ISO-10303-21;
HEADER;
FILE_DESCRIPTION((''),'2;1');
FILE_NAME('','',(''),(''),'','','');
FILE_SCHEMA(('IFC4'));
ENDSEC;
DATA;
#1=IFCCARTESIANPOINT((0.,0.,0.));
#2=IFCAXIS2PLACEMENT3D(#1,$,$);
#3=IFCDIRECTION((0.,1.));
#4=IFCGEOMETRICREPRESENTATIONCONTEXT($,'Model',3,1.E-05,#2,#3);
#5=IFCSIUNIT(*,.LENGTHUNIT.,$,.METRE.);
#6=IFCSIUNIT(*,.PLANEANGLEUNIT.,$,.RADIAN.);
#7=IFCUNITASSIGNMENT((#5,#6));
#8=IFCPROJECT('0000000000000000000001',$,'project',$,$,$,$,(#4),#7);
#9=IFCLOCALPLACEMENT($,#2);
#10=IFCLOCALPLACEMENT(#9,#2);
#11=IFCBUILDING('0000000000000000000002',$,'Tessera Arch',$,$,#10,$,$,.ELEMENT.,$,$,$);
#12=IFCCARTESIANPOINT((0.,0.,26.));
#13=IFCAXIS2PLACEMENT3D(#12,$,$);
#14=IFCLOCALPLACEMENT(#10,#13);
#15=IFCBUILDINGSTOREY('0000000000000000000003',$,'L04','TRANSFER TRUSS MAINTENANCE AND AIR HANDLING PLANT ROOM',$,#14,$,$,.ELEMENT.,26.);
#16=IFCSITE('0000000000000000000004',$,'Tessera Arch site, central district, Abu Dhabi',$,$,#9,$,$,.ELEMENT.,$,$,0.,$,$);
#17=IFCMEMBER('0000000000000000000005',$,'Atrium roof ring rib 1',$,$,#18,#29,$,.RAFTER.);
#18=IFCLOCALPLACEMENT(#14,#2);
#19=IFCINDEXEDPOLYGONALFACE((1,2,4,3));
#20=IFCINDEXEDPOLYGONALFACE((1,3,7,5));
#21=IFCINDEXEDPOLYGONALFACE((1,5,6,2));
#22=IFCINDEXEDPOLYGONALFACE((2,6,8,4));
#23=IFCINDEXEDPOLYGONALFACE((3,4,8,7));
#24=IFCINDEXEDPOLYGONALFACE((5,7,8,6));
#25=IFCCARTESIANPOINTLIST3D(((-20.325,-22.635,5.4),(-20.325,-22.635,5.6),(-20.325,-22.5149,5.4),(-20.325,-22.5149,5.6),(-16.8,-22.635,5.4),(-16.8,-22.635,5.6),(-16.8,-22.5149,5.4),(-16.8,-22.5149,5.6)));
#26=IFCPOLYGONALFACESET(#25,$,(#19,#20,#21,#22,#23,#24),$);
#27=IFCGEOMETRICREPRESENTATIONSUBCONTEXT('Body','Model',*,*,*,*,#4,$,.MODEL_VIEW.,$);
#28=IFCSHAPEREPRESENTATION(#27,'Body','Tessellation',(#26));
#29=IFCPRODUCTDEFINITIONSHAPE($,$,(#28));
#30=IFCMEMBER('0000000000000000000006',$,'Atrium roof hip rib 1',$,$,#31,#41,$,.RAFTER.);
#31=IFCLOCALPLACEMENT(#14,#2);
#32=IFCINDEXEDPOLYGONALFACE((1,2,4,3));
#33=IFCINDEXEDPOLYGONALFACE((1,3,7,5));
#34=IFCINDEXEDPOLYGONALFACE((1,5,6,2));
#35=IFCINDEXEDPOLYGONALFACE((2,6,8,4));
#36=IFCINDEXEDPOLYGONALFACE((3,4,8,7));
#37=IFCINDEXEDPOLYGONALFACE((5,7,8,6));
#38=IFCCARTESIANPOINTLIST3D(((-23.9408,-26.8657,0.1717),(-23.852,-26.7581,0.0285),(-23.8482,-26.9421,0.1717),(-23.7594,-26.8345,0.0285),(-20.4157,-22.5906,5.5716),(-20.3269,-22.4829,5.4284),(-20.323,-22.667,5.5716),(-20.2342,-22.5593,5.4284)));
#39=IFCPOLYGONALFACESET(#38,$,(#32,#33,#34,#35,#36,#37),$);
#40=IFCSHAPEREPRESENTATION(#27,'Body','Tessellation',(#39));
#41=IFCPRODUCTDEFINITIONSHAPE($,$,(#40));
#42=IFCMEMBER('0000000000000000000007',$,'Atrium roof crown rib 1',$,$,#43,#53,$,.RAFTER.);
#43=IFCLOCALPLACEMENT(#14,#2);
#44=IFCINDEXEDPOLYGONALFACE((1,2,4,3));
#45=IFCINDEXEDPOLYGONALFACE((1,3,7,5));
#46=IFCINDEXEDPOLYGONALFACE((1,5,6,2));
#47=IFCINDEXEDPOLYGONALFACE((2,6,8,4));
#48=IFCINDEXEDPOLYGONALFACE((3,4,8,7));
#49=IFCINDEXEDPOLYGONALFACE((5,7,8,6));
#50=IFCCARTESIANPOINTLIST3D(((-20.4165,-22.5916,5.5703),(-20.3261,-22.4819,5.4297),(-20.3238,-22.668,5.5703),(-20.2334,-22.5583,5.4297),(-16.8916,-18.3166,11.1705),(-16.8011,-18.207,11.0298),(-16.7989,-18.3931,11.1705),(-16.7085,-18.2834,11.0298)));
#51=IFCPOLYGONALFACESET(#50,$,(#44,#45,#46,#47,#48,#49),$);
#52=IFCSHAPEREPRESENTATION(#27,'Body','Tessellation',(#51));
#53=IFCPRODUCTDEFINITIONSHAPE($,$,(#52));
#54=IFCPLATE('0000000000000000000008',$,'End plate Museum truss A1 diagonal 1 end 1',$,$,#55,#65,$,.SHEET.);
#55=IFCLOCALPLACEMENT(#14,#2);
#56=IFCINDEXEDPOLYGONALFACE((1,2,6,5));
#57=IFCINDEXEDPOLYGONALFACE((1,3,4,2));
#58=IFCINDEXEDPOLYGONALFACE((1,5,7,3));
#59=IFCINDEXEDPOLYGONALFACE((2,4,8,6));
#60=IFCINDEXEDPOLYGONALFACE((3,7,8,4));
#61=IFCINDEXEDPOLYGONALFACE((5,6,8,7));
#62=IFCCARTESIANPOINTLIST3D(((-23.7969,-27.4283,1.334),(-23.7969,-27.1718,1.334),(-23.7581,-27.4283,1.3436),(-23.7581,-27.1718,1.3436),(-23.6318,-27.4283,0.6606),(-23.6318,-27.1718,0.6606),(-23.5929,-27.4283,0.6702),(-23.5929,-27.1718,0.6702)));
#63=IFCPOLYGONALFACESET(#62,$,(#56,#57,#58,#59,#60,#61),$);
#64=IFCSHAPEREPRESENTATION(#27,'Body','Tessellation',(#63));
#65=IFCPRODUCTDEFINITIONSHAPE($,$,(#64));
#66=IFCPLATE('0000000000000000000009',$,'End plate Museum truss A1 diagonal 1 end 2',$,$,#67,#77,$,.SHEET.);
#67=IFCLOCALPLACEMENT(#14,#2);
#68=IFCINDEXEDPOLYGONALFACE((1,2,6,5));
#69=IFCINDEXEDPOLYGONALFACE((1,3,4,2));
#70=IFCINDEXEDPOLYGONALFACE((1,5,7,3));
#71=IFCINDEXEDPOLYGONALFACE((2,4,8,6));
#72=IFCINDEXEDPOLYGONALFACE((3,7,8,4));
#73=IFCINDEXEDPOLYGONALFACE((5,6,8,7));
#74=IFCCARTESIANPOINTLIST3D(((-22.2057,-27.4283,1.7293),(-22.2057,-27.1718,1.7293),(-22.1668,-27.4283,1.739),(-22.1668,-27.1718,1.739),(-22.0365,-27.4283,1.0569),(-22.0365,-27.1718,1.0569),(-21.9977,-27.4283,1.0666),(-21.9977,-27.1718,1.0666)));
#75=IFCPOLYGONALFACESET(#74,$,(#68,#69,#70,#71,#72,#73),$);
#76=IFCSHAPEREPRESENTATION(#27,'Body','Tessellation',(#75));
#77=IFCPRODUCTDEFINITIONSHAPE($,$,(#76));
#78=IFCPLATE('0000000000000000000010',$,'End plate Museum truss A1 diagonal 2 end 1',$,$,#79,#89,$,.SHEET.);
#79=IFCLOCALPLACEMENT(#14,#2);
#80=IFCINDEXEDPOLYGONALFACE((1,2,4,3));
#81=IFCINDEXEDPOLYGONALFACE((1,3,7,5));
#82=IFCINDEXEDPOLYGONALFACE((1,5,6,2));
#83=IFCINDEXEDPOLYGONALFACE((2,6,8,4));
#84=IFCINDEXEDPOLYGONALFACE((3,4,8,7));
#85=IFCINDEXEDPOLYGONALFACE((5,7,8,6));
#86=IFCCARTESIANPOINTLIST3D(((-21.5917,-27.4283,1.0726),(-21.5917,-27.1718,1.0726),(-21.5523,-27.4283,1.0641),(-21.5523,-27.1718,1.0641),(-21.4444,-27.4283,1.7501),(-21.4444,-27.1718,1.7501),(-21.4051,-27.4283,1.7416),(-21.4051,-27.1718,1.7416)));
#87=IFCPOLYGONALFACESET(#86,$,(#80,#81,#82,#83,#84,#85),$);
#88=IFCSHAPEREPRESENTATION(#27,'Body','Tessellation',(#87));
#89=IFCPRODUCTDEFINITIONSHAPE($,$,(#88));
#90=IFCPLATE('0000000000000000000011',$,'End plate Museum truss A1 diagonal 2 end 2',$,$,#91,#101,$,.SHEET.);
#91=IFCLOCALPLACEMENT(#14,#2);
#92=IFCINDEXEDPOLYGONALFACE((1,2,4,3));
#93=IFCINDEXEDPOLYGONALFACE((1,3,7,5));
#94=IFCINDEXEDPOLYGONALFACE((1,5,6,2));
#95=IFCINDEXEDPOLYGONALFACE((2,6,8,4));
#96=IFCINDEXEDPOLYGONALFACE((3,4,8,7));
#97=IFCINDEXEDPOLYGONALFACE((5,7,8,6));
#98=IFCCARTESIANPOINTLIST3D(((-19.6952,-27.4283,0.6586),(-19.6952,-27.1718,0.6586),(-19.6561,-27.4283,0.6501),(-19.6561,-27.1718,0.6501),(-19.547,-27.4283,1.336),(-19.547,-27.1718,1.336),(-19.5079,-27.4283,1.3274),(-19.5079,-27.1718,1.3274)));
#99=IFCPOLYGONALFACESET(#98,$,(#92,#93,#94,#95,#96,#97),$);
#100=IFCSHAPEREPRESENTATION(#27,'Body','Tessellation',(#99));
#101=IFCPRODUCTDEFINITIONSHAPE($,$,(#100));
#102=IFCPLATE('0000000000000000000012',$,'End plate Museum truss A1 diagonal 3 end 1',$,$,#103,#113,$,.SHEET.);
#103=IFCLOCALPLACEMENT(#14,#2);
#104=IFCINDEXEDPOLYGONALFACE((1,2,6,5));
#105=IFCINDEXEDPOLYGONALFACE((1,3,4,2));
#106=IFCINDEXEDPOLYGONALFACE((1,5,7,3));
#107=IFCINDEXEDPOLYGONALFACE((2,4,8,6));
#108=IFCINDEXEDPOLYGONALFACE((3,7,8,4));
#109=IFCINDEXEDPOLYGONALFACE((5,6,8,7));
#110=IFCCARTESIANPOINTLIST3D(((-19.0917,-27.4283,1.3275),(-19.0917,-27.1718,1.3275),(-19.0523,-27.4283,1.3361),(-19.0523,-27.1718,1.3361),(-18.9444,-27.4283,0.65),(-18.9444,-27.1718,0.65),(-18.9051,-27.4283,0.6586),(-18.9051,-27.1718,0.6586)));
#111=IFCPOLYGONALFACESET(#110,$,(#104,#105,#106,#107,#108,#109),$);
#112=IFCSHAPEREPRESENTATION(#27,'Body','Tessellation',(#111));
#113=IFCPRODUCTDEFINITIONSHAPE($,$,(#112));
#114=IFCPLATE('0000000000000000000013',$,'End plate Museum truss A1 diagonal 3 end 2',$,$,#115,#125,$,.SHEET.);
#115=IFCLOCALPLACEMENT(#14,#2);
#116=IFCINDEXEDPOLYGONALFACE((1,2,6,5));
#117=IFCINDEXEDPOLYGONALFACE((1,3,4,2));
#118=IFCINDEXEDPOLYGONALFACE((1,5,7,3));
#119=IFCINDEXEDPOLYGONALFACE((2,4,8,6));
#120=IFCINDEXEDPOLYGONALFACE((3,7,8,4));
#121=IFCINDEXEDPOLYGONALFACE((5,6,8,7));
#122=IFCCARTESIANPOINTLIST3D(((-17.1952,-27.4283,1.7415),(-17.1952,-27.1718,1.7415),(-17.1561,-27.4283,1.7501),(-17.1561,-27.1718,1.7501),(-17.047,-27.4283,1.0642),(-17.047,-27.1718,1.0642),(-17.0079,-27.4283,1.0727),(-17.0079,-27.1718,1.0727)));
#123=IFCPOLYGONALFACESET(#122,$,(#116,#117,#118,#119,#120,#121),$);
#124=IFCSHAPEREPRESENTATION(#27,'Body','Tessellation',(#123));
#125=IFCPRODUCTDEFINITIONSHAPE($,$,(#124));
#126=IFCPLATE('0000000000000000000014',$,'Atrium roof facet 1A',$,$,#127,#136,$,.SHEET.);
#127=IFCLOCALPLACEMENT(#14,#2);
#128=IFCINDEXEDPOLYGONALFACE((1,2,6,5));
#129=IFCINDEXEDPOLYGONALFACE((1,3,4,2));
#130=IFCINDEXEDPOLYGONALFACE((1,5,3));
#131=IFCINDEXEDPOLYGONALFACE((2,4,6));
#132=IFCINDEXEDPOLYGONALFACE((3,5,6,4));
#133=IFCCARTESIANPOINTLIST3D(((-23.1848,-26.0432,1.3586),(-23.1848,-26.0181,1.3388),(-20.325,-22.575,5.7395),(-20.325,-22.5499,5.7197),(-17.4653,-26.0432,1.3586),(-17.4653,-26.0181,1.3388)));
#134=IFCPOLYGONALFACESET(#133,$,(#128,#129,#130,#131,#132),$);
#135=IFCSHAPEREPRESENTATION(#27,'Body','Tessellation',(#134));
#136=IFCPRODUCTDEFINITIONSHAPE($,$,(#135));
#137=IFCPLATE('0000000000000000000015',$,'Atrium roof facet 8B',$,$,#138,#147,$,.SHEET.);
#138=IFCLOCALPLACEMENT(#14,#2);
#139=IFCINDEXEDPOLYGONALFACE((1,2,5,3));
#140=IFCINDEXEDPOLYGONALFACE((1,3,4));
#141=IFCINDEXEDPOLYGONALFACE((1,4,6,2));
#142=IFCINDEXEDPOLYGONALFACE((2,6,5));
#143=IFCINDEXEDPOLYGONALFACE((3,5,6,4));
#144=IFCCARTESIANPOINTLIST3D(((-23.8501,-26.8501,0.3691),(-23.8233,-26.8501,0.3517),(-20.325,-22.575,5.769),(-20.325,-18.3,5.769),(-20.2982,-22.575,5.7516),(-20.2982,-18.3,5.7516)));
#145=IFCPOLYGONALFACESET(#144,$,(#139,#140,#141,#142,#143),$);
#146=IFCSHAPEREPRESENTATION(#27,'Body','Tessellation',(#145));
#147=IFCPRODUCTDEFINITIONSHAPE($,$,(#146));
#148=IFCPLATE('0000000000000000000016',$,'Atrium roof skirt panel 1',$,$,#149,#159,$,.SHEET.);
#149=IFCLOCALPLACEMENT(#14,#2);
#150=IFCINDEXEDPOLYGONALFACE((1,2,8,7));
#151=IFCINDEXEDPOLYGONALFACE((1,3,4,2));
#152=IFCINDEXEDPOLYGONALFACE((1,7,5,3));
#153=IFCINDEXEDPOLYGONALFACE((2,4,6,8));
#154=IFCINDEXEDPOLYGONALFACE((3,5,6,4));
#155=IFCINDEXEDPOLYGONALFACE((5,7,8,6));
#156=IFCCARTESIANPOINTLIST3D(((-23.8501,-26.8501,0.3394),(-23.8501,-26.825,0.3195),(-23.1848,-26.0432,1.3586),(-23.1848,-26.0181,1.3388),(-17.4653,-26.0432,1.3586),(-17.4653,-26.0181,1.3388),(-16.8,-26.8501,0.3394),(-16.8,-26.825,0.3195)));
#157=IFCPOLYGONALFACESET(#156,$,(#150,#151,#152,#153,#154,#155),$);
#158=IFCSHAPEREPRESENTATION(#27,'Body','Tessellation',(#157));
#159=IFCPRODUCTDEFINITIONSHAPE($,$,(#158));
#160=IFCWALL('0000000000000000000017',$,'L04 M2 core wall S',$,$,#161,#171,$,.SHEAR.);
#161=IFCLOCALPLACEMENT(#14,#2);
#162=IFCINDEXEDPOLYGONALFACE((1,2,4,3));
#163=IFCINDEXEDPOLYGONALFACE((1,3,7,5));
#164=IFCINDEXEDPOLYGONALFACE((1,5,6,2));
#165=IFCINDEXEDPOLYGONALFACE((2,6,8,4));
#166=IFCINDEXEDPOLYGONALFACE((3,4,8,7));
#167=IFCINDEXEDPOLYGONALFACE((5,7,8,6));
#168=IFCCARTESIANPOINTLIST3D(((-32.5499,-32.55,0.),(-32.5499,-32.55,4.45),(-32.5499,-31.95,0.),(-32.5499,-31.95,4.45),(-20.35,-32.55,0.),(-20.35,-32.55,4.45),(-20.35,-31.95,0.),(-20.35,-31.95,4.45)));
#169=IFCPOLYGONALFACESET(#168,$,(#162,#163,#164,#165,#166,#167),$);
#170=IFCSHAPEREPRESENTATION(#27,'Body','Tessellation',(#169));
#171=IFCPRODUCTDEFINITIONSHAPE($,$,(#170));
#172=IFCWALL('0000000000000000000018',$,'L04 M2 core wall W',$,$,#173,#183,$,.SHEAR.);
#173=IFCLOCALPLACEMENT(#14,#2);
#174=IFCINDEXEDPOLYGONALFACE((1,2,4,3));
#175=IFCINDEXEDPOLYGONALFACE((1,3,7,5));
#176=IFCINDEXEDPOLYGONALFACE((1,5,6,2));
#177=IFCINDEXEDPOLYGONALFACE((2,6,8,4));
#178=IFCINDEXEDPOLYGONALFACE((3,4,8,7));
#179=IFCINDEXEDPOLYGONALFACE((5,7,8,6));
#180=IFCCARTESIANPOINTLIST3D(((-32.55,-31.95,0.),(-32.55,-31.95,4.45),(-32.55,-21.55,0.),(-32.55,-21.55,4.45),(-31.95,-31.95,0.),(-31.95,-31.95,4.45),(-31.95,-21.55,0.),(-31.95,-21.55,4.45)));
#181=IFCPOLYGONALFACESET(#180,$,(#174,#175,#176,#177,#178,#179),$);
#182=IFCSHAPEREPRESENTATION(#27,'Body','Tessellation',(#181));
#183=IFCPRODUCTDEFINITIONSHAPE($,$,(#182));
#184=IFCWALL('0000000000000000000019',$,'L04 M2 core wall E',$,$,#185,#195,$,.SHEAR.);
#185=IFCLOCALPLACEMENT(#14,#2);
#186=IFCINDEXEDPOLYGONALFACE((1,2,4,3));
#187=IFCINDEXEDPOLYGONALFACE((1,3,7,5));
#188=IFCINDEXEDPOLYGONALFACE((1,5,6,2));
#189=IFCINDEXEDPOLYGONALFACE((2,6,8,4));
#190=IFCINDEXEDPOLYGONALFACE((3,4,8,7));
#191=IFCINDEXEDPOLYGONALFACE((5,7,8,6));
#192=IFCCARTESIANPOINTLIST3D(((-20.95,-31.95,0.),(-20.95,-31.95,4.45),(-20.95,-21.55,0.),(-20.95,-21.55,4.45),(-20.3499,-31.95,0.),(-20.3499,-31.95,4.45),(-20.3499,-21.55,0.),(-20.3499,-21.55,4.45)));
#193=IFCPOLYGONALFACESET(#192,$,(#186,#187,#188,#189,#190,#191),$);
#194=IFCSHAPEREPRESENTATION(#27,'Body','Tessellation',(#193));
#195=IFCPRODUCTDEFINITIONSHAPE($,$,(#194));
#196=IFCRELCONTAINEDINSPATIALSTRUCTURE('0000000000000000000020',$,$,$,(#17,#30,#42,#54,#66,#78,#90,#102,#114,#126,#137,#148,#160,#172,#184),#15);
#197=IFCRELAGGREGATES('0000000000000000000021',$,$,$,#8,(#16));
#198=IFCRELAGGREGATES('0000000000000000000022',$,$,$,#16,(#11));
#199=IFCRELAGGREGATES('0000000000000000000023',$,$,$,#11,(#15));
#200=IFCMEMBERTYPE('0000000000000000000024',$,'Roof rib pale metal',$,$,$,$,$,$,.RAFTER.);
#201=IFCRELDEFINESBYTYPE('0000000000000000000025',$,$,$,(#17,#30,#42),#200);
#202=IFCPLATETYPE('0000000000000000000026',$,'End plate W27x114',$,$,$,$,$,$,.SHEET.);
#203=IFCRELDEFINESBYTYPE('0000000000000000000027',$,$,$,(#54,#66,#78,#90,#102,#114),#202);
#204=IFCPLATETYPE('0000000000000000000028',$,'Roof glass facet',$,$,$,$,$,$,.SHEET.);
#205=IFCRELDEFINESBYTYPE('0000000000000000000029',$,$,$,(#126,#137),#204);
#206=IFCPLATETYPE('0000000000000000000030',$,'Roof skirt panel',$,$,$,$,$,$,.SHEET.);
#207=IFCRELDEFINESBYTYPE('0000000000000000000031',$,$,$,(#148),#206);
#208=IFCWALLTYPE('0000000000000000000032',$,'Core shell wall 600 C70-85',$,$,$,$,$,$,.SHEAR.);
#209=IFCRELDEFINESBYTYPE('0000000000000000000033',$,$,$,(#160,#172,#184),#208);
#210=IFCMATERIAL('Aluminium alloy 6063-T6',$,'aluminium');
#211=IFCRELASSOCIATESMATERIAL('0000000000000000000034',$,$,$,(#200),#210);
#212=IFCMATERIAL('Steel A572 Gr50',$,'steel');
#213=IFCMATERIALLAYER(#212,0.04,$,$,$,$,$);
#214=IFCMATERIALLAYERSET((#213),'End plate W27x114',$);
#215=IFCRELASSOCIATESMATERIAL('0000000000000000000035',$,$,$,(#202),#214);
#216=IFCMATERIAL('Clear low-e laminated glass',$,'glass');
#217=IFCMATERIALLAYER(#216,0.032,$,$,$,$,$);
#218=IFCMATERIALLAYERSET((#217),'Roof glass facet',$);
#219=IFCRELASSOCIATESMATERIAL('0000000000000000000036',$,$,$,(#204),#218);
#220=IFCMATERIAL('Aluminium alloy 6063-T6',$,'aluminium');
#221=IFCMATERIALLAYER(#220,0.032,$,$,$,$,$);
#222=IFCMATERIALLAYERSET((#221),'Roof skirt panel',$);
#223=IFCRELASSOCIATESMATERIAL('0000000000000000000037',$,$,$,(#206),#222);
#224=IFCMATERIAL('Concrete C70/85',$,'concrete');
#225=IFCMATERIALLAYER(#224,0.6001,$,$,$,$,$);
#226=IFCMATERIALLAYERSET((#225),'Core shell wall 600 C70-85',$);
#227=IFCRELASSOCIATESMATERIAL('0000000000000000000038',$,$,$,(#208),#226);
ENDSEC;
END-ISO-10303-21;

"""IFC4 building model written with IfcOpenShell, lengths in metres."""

from ifc_helpers import new_model, si_unit, direction, frame, frame_2d, origin, origin_2d, place, context, subcontext, project, spatial, polyline, rectangle, outline, extrude, material, layer, layer_set, material_profile, profile_set, type_object, element, save


model = new_model("IFC4")

# Units and contexts
model_context = context("Model", 3, precision=1e-05, world=origin(), true_north=direction((0.0, 1.0)))
body_context = subcontext(model_context, "Body", "Model", "MODEL_VIEW")
ifc_project = project(units=[si_unit("LENGTHUNIT", "METRE"), si_unit("PLANEANGLEUNIT", "RADIAN")], contexts=[model_context])

# Site, building, storey
site_placement = place(None, origin())
site = spatial("IfcSite", under=ifc_project, at=site_placement, Name="Tessera Arch site, central district, Abu Dhabi", CompositionType="ELEMENT", RefElevation=0.0)
building_placement = place(site_placement, origin())
building = spatial("IfcBuilding", under=site, at=building_placement, Name="Tessera Arch", CompositionType="ELEMENT")
storey_placement = place(building_placement, frame((0.0, 0.0, 26.0)))
storey = spatial("IfcBuildingStorey", under=building, at=storey_placement, Name="L04", Description="TRANSFER TRUSS MAINTENANCE AND AIR HANDLING PLANT ROOM", CompositionType="ELEMENT", Elevation=26.0)

# Members
ifc_material_1 = material(Name="Aluminium alloy 6063-T6", Category="aluminium")
ifc_material_profile_1 = material_profile(ifc_material_1, rectangle(XDim=0.1201, YDim=0.2, at=origin_2d()), Name="AL 120x200")
ifc_profile_set_1 = profile_set([ifc_material_profile_1], Name="Aluminium alloy 6063-T6")
member_type_1 = type_object("IfcMemberType", Name="Roof rib pale metal", PredefinedType="RAFTER", material=ifc_profile_set_1)
member_1_placement = place(storey_placement, frame((-20.325, -22.575, 5.5), z_axis=(1.0, 0.0, 0.0), x_axis=(0.0, 1.0, 0.0)))
element("IfcMember", 1, at=member_1_placement, inside=storey, type_object=member_type_1, Name="Atrium roof ring rib 1", PredefinedType="RAFTER", context=body_context, shape_type="SweptSolid", body=[
    extrude(rectangle(XDim=0.1201, YDim=0.2, at=origin_2d()), origin(), (0.0, 0.0, 1.0), 3.5249),
])
member_2_placement = place(storey_placement, frame((-23.8501, -26.8501, 0.1001), z_axis=(0.455617, 0.552553, 0.697925), x_axis=(-0.771537, 0.636184, 0.0)))
element("IfcMember", 2, at=member_2_placement, inside=storey, type_object=member_type_1, Name="Atrium roof hip rib 1", PredefinedType="RAFTER", context=body_context, shape_type="SweptSolid", body=[
    extrude(rectangle(XDim=0.1201, YDim=0.2, at=origin_2d()), origin(), (0.0, 0.0, 1.0), 7.7371),
])
member_3_placement = place(storey_placement, frame((-20.325, -22.575, 5.5), z_axis=(0.447444, 0.542647, 0.710865), x_axis=(-0.771541, 0.63618, 0.0)))
element("IfcMember", 3, at=member_3_placement, inside=storey, type_object=member_type_1, Name="Atrium roof crown rib 1", PredefinedType="RAFTER", context=body_context, shape_type="SweptSolid", body=[
    extrude(rectangle(XDim=0.1201, YDim=0.2, at=origin_2d()), origin(), (0.0, 0.0, 1.0), 7.8779),
])

# Plates
ifc_material_2 = material(Name="Steel A572 Gr50", Category="steel")
ifc_layer_1 = layer(ifc_material_2, 0.04)
ifc_layer_set_1 = layer_set([ifc_layer_1], Name="End plate W27x114")
plate_type_1 = type_object("IfcPlateType", Name="End plate W27x114", PredefinedType="SHEET", material=ifc_layer_set_1)
for number, where, z_axis, x_axis, name in (
    (4, (-23.7144, -27.3, 0.9973), (0.971211, 0.0, 0.238222), (0.0, 1.0, 0.0), "End plate Museum truss A1 diagonal 1 end 1"),
    (5, (-22.1211, -27.3, 1.3931), (0.969783, 0.0, 0.24397), (0.0, 1.0, 0.0), "End plate Museum truss A1 diagonal 1 end 2"),
):
    element("IfcPlate", number, at=place(storey_placement, frame(where, z_axis=z_axis, x_axis=x_axis)), inside=storey, type_object=plate_type_1, Name=name, PredefinedType="SHEET", context=body_context, shape_type="SweptSolid", body=[
        extrude(rectangle(XDim=0.2566, YDim=0.6934, at=origin_2d()), origin(), (0.0, 0.0, 1.0), 0.04),
    ])
plate_1_placement = place(storey_placement, frame((-21.5181, -27.3, 1.4114), z_axis=(0.977176, 0.0, -0.21243), x_axis=(0.0, 1.0, 0.0)))
element("IfcPlate", 6, at=plate_1_placement, inside=storey, type_object=plate_type_1, Name="End plate Museum truss A1 diagonal 2 end 1", PredefinedType="SHEET", context=body_context, shape_type="SweptSolid", body=[
    extrude(rectangle(XDim=0.2566, YDim=0.6934, at=origin_2d()), origin(), (0.0, 0.0, 1.0), 0.0403),
])
plate_2_placement = place(storey_placement, frame((-19.6211, -27.3, 0.9973), z_axis=(0.9769, 0.0, -0.213697), x_axis=(0.0, 1.0, 0.0)))
element("IfcPlate", 7, at=plate_2_placement, inside=storey, type_object=plate_type_1, Name="End plate Museum truss A1 diagonal 2 end 2", PredefinedType="SHEET", context=body_context, shape_type="SweptSolid", body=[
    extrude(rectangle(XDim=0.2566, YDim=0.6934, at=origin_2d()), origin(), (0.0, 0.0, 1.0), 0.04),
])
plate_3_placement = place(storey_placement, frame((-19.0181, -27.3, 0.9888), z_axis=(0.977176, 0.0, 0.21243), x_axis=(0.0, 1.0, 0.0)))
element("IfcPlate", 8, at=plate_3_placement, inside=storey, type_object=plate_type_1, Name="End plate Museum truss A1 diagonal 3 end 1", PredefinedType="SHEET", context=body_context, shape_type="SweptSolid", body=[
    extrude(rectangle(XDim=0.2566, YDim=0.6934, at=origin_2d()), origin(), (0.0, 0.0, 1.0), 0.0403),
])
plate_4_placement = place(storey_placement, frame((-17.1211, -27.3, 1.4028), z_axis=(0.9769, 0.0, 0.213697), x_axis=(0.0, 1.0, 0.0)))
element("IfcPlate", 9, at=plate_4_placement, inside=storey, type_object=plate_type_1, Name="End plate Museum truss A1 diagonal 3 end 2", PredefinedType="SHEET", context=body_context, shape_type="SweptSolid", body=[
    extrude(rectangle(XDim=0.2566, YDim=0.6934, at=origin_2d()), origin(), (0.0, 0.0, 1.0), 0.04),
])
ifc_material_3 = material(Name="Clear low-e laminated glass", Category="glass")
ifc_layer_2 = layer(ifc_material_3, 0.032)
ifc_layer_set_2 = layer_set([ifc_layer_2], Name="Roof glass facet")
plate_type_2 = type_object("IfcPlateType", Name="Roof glass facet", PredefinedType="SHEET", material=ifc_layer_set_2)
plate_5_placement = place(storey_placement, frame((-23.1848, -26.0432, 1.3586), z_axis=(0.0, -0.784039, 0.620712), x_axis=(1.0, 0.0, 0.0)))
element("IfcPlate", 10, at=plate_5_placement, inside=storey, type_object=plate_type_2, Name="Atrium roof facet 1A", PredefinedType="SHEET", context=body_context, shape_type="SweptSolid", body=[
    extrude(outline(polyline([(0.0, 0.0), (5.7195, 0.0), (2.8599, 5.5876), (0.0, 0.0)])), origin(), (0.0, 0.0, -1.0), 0.032),
])
plate_6_placement = place(storey_placement, frame((-23.8501, -26.8501, 0.3691), z_axis=(-0.837364, 0.0, 0.546645), x_axis=(0.455617, 0.552553, 0.697925)))
element("IfcPlate", 11, at=plate_6_placement, inside=storey, type_object=plate_type_2, Name="Atrium roof facet 8B", PredefinedType="SHEET", context=body_context, shape_type="SweptSolid", body=[
    extrude(outline(polyline([(0.0, 0.0), (7.7371, 0.0), (10.0992, 3.563), (0.0, 0.0)])), origin(), (0.0, 0.0, -1.0), 0.032),
])
ifc_material_4 = material(Name="Aluminium alloy 6063-T6", Category="aluminium")
ifc_layer_3 = layer(ifc_material_4, 0.032)
ifc_layer_set_3 = layer_set([ifc_layer_3], Name="Roof skirt panel")
plate_type_3 = type_object("IfcPlateType", Name="Roof skirt panel", PredefinedType="SHEET", material=ifc_layer_set_3)
plate_7_placement = place(storey_placement, frame((-23.8501, -26.8501, 0.3394), z_axis=(0.0, -0.784065, 0.620679), x_axis=(1.0, 0.0, 0.0)))
element("IfcPlate", 12, at=plate_7_placement, inside=storey, type_object=plate_type_3, Name="Atrium roof skirt panel 1", PredefinedType="SHEET", context=body_context, shape_type="SweptSolid", body=[
    extrude(outline(polyline([(0.0, 0.0), (7.05, 0.0), (6.3848, 1.3), (0.6653, 1.3), (0.0, 0.0)])), origin(), (0.0, 0.0, -1.0), 0.032),
])

# Walls
ifc_material_5 = material(Name="Concrete C70/85", Category="concrete")
ifc_layer_4 = layer(ifc_material_5, 0.6001)
ifc_layer_set_4 = layer_set([ifc_layer_4], Name="Core shell wall 600 C70-85")
wall_type_1 = type_object("IfcWallType", Name="Core shell wall 600 C70-85", PredefinedType="SHEAR", material=ifc_layer_set_4)
wall_1_placement = place(storey_placement, frame((-32.55, -32.25, 0.0), z_axis=(0.0, 0.0, 1.0), x_axis=(1.0, 0.0, 0.0)))
element("IfcWall", 13, at=wall_1_placement, inside=storey, type_object=wall_type_1, Name="L04 M2 core wall S", PredefinedType="SHEAR", context=body_context, shape_type="SweptSolid", body=[
    extrude(rectangle(XDim=12.2, YDim=0.6001, at=frame_2d((6.1001, 0.0))), origin(), (0.0, 0.0, 1.0), 4.45),
])
for number, where, z_axis, x_axis, name in (
    (14, (-32.25, -31.95, 0.0), (0.0, 0.0, 1.0), (0.0, 1.0, 0.0), "L04 M2 core wall W"),
    (15, (-20.6499, -31.95, 0.0), (0.0, 0.0, 1.0), (0.0, 1.0, 0.0), "L04 M2 core wall E"),
):
    element("IfcWall", number, at=place(storey_placement, frame(where, z_axis=z_axis, x_axis=x_axis)), inside=storey, type_object=wall_type_1, Name=name, PredefinedType="SHEAR", context=body_context, shape_type="SweptSolid", body=[
        extrude(rectangle(XDim=10.3999, YDim=0.6001, at=frame_2d((5.2, 0.0))), origin(), (0.0, 0.0, 1.0), 4.45),
    ])

save(model, "model.ifc")
